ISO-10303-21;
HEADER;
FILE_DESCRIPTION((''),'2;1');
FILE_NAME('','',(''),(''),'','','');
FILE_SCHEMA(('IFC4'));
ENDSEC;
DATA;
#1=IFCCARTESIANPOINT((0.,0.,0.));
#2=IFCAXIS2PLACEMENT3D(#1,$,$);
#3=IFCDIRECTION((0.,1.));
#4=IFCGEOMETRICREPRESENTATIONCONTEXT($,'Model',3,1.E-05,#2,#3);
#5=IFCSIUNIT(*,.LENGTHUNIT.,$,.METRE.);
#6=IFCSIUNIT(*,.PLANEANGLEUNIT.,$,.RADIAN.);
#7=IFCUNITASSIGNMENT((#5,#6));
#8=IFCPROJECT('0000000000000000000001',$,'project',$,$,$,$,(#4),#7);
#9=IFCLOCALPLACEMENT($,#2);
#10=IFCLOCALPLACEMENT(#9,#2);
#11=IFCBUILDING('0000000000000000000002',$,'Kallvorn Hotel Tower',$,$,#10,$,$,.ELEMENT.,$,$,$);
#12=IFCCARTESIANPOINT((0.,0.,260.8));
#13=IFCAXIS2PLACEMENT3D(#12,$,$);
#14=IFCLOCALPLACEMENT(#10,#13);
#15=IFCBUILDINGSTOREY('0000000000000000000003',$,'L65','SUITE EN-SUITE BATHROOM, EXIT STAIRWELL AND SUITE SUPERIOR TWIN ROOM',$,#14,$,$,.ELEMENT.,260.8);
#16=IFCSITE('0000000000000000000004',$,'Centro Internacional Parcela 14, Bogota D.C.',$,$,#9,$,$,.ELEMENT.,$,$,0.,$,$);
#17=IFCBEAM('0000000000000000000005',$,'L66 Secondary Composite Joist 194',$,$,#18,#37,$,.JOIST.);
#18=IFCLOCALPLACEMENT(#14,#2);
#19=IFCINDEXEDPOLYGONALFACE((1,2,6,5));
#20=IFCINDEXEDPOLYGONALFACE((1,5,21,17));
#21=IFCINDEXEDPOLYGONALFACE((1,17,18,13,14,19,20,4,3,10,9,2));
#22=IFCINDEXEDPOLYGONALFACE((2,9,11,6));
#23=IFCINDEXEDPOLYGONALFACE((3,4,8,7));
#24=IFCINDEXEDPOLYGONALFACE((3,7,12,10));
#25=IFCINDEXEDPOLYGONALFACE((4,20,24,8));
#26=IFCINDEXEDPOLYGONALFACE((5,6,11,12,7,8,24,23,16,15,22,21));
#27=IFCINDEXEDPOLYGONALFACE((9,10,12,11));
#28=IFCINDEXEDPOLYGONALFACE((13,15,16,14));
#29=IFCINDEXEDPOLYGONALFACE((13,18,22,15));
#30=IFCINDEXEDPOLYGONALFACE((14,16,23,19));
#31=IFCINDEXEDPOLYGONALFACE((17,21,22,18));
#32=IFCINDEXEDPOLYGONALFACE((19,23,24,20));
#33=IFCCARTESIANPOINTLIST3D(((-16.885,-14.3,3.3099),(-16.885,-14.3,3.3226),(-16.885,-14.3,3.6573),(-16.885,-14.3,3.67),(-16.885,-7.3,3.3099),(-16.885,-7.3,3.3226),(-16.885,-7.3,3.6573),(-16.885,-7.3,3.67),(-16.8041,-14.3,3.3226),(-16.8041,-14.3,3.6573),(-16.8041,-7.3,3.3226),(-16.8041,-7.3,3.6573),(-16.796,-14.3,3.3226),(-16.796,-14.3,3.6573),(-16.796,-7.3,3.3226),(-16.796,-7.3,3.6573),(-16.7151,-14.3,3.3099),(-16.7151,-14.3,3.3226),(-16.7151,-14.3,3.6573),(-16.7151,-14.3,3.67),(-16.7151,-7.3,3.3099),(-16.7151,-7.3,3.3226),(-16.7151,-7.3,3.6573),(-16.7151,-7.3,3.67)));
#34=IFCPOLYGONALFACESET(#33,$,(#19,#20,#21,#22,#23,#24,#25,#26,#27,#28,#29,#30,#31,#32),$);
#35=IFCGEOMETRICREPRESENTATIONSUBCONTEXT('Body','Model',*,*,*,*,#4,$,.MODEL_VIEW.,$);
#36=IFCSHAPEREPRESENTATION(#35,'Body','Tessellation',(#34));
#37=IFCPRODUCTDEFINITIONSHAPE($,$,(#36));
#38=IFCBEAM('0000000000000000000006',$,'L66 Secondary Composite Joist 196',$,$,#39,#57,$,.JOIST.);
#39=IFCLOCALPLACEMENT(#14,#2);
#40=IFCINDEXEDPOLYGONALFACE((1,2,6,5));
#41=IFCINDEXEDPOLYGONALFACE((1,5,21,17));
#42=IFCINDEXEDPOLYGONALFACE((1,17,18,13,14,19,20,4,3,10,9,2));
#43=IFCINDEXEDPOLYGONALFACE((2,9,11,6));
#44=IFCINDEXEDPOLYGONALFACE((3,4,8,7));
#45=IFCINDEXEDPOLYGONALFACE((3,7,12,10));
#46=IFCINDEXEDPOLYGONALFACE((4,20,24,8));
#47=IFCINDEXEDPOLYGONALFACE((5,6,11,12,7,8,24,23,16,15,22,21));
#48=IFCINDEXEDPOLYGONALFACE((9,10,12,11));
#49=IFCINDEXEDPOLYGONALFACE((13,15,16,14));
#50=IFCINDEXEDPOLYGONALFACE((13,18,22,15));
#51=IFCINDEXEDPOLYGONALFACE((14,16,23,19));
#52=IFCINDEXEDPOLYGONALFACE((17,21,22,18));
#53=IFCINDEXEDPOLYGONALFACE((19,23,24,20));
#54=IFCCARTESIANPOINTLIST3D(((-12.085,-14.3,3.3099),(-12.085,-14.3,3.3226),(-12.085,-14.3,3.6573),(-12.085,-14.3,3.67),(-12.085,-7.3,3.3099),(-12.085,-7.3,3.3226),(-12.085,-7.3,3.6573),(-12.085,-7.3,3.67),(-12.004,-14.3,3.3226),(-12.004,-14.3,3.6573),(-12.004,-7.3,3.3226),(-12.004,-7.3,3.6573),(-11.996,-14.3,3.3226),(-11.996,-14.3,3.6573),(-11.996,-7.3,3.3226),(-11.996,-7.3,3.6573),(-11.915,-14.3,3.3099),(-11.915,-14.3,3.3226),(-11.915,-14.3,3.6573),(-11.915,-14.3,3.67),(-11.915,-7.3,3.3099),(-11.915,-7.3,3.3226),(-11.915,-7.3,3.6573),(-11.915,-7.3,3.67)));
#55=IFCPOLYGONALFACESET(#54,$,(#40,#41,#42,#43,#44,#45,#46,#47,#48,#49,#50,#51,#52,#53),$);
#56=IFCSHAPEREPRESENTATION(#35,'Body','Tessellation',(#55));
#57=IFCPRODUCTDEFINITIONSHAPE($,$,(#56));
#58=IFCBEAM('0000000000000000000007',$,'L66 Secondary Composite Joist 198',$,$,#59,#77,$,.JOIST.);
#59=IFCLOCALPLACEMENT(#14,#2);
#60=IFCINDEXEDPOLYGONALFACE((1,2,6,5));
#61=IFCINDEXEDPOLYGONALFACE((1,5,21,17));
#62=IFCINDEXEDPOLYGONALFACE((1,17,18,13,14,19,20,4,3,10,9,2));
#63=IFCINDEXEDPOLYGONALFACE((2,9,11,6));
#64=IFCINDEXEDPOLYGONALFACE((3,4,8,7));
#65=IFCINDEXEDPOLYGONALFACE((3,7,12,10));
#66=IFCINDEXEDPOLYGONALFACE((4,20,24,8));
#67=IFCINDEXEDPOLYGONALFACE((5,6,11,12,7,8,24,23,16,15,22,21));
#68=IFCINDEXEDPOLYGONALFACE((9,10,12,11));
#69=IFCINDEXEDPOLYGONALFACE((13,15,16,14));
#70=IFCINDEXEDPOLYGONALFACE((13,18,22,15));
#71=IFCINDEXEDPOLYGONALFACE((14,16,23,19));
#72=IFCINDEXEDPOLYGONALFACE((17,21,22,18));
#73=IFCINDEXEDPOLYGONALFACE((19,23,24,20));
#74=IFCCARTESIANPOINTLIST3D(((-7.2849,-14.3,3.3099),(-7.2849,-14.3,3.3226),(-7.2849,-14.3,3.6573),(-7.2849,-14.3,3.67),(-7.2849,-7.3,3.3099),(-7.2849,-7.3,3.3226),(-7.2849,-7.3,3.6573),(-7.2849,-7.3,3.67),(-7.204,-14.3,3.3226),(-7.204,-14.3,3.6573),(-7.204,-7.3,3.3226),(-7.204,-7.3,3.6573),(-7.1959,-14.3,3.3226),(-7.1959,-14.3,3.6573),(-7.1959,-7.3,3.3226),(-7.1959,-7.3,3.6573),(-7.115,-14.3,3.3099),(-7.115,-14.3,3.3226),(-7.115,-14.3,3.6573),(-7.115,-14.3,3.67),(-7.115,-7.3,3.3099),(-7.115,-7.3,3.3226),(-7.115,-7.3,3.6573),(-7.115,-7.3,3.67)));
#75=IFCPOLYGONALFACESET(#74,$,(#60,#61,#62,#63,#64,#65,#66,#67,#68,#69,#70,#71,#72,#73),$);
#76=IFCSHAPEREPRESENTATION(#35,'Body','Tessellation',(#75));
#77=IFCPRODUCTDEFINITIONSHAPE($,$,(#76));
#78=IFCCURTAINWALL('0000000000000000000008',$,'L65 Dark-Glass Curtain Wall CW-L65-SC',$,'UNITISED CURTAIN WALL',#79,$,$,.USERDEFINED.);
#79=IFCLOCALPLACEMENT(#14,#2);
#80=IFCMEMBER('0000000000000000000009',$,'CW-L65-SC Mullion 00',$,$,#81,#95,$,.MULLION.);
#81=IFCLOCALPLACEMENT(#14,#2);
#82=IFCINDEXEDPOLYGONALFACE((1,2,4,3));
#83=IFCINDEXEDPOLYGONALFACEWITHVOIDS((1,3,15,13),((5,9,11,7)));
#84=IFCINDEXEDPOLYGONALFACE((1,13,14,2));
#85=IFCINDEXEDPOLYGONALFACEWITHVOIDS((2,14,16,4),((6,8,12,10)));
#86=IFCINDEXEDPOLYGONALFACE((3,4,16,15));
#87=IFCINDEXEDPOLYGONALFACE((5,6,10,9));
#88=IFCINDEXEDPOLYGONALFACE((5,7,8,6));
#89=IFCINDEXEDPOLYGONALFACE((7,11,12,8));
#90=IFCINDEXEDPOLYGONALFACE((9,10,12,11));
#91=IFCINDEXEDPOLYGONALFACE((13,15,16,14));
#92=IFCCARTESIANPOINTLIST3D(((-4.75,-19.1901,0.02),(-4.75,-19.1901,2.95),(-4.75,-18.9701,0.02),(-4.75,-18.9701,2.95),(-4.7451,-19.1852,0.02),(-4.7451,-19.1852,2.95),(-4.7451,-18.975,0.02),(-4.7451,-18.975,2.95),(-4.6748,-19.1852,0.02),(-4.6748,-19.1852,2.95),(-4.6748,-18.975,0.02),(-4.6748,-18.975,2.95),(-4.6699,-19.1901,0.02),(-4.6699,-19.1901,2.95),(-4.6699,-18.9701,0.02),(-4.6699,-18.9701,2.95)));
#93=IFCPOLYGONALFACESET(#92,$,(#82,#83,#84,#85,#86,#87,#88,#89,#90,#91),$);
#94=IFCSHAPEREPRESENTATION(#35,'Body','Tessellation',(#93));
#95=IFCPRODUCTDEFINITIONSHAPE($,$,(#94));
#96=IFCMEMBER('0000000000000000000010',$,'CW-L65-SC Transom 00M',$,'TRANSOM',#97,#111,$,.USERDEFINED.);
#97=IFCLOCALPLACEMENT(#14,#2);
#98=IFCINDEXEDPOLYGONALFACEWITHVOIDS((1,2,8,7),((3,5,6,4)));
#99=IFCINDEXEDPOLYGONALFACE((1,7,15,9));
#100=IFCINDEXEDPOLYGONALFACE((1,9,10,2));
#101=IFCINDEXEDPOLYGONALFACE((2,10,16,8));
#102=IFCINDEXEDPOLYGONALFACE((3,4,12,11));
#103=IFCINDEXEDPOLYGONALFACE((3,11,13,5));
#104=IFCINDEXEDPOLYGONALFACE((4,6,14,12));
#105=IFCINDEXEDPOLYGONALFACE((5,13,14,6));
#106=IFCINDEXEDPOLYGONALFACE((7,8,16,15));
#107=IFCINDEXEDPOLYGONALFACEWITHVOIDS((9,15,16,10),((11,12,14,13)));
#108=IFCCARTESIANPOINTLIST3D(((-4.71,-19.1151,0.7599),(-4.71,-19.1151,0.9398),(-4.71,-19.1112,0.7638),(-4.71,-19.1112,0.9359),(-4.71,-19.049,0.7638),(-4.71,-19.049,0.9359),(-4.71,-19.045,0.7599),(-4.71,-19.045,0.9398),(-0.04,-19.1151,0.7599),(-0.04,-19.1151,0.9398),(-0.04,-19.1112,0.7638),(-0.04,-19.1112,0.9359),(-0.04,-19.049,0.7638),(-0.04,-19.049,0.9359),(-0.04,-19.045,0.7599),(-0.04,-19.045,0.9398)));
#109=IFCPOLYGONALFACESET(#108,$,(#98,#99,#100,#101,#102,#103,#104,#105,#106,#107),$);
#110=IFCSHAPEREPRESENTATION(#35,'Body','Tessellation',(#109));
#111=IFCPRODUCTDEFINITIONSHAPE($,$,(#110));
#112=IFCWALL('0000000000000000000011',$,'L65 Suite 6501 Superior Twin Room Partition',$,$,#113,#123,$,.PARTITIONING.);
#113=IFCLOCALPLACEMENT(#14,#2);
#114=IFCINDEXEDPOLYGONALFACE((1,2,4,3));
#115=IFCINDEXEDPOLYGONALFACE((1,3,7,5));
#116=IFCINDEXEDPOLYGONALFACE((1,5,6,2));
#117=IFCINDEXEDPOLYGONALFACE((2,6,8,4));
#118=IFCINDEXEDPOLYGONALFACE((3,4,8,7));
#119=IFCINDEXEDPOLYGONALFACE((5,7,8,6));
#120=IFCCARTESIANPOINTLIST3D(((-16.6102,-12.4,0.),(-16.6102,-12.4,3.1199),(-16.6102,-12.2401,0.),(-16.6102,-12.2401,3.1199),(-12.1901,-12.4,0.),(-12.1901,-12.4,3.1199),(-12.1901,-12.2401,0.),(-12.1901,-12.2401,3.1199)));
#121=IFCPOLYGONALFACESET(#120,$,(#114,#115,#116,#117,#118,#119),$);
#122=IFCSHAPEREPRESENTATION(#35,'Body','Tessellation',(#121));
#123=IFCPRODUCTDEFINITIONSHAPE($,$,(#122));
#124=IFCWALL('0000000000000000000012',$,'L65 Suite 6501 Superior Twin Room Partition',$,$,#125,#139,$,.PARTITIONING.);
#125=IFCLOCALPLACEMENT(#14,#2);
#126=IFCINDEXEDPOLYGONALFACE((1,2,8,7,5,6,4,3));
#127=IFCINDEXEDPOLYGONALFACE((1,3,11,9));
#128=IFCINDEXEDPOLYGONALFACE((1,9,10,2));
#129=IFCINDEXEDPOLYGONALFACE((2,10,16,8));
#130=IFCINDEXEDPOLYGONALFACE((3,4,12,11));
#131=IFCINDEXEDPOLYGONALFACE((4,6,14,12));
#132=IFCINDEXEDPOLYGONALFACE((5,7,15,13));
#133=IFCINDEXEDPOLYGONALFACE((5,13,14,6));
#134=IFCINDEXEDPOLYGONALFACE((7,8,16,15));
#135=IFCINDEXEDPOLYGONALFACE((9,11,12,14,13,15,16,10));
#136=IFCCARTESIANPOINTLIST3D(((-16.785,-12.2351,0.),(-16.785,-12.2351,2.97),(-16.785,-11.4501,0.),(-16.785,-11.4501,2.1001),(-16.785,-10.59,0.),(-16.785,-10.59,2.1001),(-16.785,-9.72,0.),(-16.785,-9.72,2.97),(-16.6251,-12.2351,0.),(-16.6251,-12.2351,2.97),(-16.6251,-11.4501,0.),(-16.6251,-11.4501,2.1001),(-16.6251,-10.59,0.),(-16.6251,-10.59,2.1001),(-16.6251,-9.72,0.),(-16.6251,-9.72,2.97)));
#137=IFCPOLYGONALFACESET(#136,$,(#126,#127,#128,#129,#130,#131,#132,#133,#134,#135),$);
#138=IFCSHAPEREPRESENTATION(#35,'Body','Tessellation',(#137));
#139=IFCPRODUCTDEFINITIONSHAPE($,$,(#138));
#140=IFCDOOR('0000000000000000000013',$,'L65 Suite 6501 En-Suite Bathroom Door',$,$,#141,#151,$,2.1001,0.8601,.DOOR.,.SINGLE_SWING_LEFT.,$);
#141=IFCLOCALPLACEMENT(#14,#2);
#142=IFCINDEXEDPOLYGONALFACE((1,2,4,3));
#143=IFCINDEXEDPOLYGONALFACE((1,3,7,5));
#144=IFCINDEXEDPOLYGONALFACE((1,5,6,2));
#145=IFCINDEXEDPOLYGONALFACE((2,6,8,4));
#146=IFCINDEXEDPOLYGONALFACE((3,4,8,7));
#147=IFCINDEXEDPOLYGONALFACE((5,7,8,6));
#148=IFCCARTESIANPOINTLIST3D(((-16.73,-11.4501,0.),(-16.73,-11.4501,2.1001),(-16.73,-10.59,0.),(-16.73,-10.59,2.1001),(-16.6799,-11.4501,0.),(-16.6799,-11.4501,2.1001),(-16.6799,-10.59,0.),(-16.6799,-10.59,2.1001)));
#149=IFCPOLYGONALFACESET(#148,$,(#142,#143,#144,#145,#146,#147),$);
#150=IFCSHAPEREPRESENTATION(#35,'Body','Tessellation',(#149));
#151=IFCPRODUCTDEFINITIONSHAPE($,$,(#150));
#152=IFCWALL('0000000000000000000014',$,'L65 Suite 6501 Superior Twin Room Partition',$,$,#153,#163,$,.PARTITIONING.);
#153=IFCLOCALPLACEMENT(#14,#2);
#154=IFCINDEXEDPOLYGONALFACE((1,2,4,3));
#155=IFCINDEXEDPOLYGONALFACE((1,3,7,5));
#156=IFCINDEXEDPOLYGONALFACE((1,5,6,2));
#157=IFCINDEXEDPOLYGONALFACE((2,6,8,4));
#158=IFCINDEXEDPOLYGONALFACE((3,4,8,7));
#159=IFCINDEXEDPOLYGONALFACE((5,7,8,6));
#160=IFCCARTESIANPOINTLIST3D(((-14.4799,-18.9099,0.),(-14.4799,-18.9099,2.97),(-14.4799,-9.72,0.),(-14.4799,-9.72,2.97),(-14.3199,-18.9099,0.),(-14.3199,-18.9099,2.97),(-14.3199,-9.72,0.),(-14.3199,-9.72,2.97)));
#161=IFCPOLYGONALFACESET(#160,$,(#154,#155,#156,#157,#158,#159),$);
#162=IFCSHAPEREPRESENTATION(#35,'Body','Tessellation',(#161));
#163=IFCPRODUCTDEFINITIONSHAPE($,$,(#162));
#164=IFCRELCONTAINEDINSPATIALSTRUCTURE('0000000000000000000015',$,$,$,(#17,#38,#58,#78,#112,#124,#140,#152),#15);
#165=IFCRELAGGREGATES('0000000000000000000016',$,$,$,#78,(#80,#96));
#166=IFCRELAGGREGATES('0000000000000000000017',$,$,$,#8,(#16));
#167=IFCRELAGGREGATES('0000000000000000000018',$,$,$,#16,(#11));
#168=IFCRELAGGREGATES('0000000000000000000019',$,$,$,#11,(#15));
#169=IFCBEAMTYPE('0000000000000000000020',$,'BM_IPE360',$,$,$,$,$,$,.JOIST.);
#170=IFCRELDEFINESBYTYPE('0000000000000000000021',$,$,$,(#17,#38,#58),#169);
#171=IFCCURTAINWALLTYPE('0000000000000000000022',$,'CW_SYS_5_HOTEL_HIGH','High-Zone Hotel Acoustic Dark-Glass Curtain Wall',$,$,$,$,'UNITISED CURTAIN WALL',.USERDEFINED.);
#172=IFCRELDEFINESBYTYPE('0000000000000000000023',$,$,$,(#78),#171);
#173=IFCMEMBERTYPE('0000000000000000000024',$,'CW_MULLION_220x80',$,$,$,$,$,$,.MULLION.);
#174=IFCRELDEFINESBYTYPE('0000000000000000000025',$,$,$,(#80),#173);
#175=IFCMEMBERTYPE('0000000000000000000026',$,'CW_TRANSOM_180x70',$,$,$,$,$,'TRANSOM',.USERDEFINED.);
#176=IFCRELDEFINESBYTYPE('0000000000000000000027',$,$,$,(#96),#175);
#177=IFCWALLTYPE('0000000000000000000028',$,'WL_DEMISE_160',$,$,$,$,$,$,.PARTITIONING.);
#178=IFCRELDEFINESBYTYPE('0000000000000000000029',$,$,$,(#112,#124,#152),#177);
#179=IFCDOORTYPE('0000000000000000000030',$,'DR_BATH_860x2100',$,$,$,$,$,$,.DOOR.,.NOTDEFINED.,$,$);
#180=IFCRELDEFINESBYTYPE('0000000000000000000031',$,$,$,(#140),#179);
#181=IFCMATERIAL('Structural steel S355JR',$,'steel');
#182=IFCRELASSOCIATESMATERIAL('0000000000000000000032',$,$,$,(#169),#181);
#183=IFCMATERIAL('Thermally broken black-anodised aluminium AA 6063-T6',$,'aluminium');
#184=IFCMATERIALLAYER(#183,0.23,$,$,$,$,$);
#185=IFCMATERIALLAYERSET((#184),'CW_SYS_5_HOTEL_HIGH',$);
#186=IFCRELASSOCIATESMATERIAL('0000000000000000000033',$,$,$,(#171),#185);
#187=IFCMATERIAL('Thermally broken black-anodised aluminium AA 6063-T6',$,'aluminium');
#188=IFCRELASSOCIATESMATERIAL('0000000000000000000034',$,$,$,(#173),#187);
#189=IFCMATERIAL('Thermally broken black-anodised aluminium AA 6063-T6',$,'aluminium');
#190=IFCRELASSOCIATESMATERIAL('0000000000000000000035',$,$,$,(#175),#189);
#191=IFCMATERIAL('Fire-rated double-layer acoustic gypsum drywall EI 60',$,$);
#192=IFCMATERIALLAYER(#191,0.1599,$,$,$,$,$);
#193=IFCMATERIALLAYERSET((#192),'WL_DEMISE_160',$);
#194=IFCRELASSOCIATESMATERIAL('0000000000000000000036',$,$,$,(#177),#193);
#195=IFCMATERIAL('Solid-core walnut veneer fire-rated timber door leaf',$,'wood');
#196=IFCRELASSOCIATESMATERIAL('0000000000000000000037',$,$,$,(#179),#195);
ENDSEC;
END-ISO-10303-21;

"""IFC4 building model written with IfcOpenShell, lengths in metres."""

from ifc_helpers import new_model, si_unit, direction, frame, frame_2d, origin, origin_2d, place, context, subcontext, project, spatial, rectangle, hollow_rectangle, i_section, extrude, material, layer, layer_set, material_profile, profile_set, type_object, element, fill, aggregate, save


model = new_model("IFC4")

# Units and contexts
model_context = context("Model", 3, precision=1e-05, world=origin(), true_north=direction((0.0, 1.0)))
body_context = subcontext(model_context, "Body", "Model", "MODEL_VIEW")
ifc_project = project(units=[si_unit("LENGTHUNIT", "METRE"), si_unit("PLANEANGLEUNIT", "RADIAN")], contexts=[model_context])

# Site, building, storey
site_placement = place(None, origin())
site = spatial("IfcSite", under=ifc_project, at=site_placement, Name="Centro Internacional Parcela 14, Bogota D.C.", CompositionType="ELEMENT", RefElevation=0.0)
building_placement = place(site_placement, origin())
building = spatial("IfcBuilding", under=site, at=building_placement, Name="Kallvorn Hotel Tower", CompositionType="ELEMENT")
storey_placement = place(building_placement, frame((0.0, 0.0, 260.8)))
storey = spatial("IfcBuildingStorey", under=building, at=storey_placement, Name="L65", Description="SUITE EN-SUITE BATHROOM, EXIT STAIRWELL AND SUITE SUPERIOR TWIN ROOM", CompositionType="ELEMENT", Elevation=260.8)

# Beams
ifc_material_1 = material(Name="Structural steel S355JR", Category="steel")
ifc_material_profile_1 = material_profile(ifc_material_1, i_section(OverallWidth=0.1699, OverallDepth=0.3601, WebThickness=0.0081, FlangeThickness=0.0127, at=origin_2d()), Name="IPE 360")
ifc_profile_set_1 = profile_set([ifc_material_profile_1], Name="Structural steel S355JR")
beam_type_1 = type_object("IfcBeamType", Name="BM_IPE360", PredefinedType="JOIST", material=ifc_profile_set_1)
for number, where, z_axis, x_axis, name in (
    (1, (-16.8, -14.3, 3.49), (0.0, 1.0, 0.0), (-1.0, 0.0, 0.0), "L66 Secondary Composite Joist 194"),
    (2, (-12.0, -14.3, 3.49), (0.0, 1.0, 0.0), (-1.0, 0.0, 0.0), "L66 Secondary Composite Joist 196"),
    (3, (-7.2, -14.3, 3.49), (0.0, 1.0, 0.0), (-1.0, 0.0, 0.0), "L66 Secondary Composite Joist 198"),
):
    element("IfcBeam", number, at=place(storey_placement, frame(where, z_axis=z_axis, x_axis=x_axis)), inside=storey, type_object=beam_type_1, Name=name, PredefinedType="JOIST", context=body_context, shape_type="SweptSolid", body=[
        extrude(i_section(OverallWidth=0.1699, OverallDepth=0.3601, WebThickness=0.0081, FlangeThickness=0.0127, at=origin_2d()), origin(), (0.0, 0.0, 1.0), 7.0),
    ])

# Curtain wall, members
ifc_material_2 = material(Name="Thermally broken black-anodised aluminium AA 6063-T6", Category="aluminium")
ifc_layer_1 = layer(ifc_material_2, 0.23)
ifc_layer_set_1 = layer_set([ifc_layer_1], Name="CW_SYS_5_HOTEL_HIGH")
curtain_wall_type = type_object("IfcCurtainWallType", Name="CW_SYS_5_HOTEL_HIGH", Description="High-Zone Hotel Acoustic Dark-Glass Curtain Wall", ElementType="UNITISED CURTAIN WALL", PredefinedType="USERDEFINED", material=ifc_layer_set_1)
curtain_wall_placement = place(storey_placement, origin())
curtain_wall = element("IfcCurtainWall", 4, at=curtain_wall_placement, inside=storey, type_object=curtain_wall_type, Name="L65 Dark-Glass Curtain Wall CW-L65-SC", ObjectType="UNITISED CURTAIN WALL", PredefinedType="USERDEFINED")
ifc_material_3 = material(Name="Thermally broken black-anodised aluminium AA 6063-T6", Category="aluminium")
ifc_material_profile_2 = material_profile(ifc_material_3, hollow_rectangle(XDim=0.0801, YDim=0.22, WallThickness=0.0049, at=origin_2d()), Name="MUL 220x80")
ifc_profile_set_2 = profile_set([ifc_material_profile_2], Name="Thermally broken black-anodised aluminium AA 6063-T6")
member_type_1 = type_object("IfcMemberType", Name="CW_MULLION_220x80", PredefinedType="MULLION", material=ifc_profile_set_2)
member_1_placement = place(storey_placement, frame((-4.71, -19.0801, 0.02), z_axis=(0.0, 0.0, 1.0), x_axis=(1.0, 0.0, 0.0)))
member_1 = element("IfcMember", 5, at=member_1_placement, type_object=member_type_1, Name="CW-L65-SC Mullion 00", PredefinedType="MULLION", context=body_context, shape_type="SweptSolid", body=[
    extrude(hollow_rectangle(XDim=0.0801, YDim=0.22, WallThickness=0.0049, at=origin_2d()), origin(), (0.0, 0.0, 1.0), 2.9299),
])
ifc_material_4 = material(Name="Thermally broken black-anodised aluminium AA 6063-T6", Category="aluminium")
ifc_material_profile_3 = material_profile(ifc_material_4, hollow_rectangle(XDim=0.0701, YDim=0.1799, WallThickness=0.0039, at=origin_2d()), Name="TRN 180x70")
ifc_profile_set_3 = profile_set([ifc_material_profile_3], Name="Thermally broken black-anodised aluminium AA 6063-T6")
member_type_2 = type_object("IfcMemberType", Name="CW_TRANSOM_180x70", ElementType="TRANSOM", PredefinedType="USERDEFINED", material=ifc_profile_set_3)
member_2_placement = place(storey_placement, frame((-4.71, -19.0801, 0.8499), z_axis=(1.0, 0.0, 0.0), x_axis=(0.0, 1.0, 0.0)))
member_2 = element("IfcMember", 6, at=member_2_placement, type_object=member_type_2, Name="CW-L65-SC Transom 00M", ObjectType="TRANSOM", PredefinedType="USERDEFINED", context=body_context, shape_type="SweptSolid", body=[
    extrude(hollow_rectangle(XDim=0.0701, YDim=0.1799, WallThickness=0.0039, at=origin_2d()), origin(), (0.0, 0.0, 1.0), 4.6699),
])
aggregate(curtain_wall, [member_1, member_2])

# Wall
ifc_material_5 = material(Name="Fire-rated double-layer acoustic gypsum drywall EI 60")
ifc_layer_2 = layer(ifc_material_5, 0.1599)
ifc_layer_set_2 = layer_set([ifc_layer_2], Name="WL_DEMISE_160")
wall_type = type_object("IfcWallType", Name="WL_DEMISE_160", PredefinedType="PARTITIONING", material=ifc_layer_set_2)
wall_1_placement = place(storey_placement, frame((-16.6101, -12.3201, 0.0), z_axis=(0.0, 0.0, 1.0), x_axis=(1.0, 0.0, 0.0)))
element("IfcWall", 7, at=wall_1_placement, inside=storey, type_object=wall_type, Name="L65 Suite 6501 Superior Twin Room Partition", PredefinedType="PARTITIONING", context=body_context, shape_type="SweptSolid", body=[
    extrude(rectangle(XDim=4.4202, YDim=0.1599, at=frame_2d((2.21, 0.0))), origin(), (0.0, 0.0, 1.0), 3.1199),
])

# Wall, opening, door
wall_2_placement = place(storey_placement, frame((-16.7051, -12.2351, 0.0), z_axis=(0.0, 0.0, 1.0), x_axis=(0.0, 1.0, 0.0)))
wall_2 = element("IfcWall", 8, at=wall_2_placement, inside=storey, type_object=wall_type, Name="L65 Suite 6501 Superior Twin Room Partition", PredefinedType="PARTITIONING", context=body_context, shape_type="SweptSolid", body=[
    extrude(rectangle(XDim=2.5151, YDim=0.1599, at=frame_2d((1.2576, 0.0))), origin(), (0.0, 0.0, 1.0), 2.97),
])
opening_1_placement = place(wall_2_placement, frame((0.7849, 0.0, 0.0)))
opening_1 = element("IfcOpeningElement", 9, at=opening_1_placement, cuts=wall_2, PredefinedType="OPENING", context=body_context, shape_type="SweptSolid", body=[
    extrude(rectangle(XDim=0.8601, YDim=2.1001, at=frame_2d((0.4302, 1.05))), frame((0.0, 0.095, 0.0), z_axis=(0.0, -1.0, 0.0), x_axis=(1.0, 0.0, 0.0)), (0.0, 0.0, 1.0), 0.1899),
])
ifc_material_6 = material(Name="Solid-core walnut veneer fire-rated timber door leaf", Category="wood")
door_type = type_object("IfcDoorType", Name="DR_BATH_860x2100", OperationType="NOTDEFINED", PredefinedType="DOOR", material=ifc_material_6)
door_1_placement = place(opening_1_placement, origin())
door_1 = element("IfcDoor", 10, at=door_1_placement, inside=storey, type_object=door_type, Name="L65 Suite 6501 En-Suite Bathroom Door", OperationType="SINGLE_SWING_LEFT", OverallHeight=2.1001, OverallWidth=0.8601, PredefinedType="DOOR", context=body_context, shape_type="SweptSolid", body=[
    extrude(rectangle(XDim=0.8601, YDim=2.1001, at=frame_2d((0.4302, 1.05))), frame((0.0, 0.0249, 0.0), z_axis=(0.0, -1.0, 0.0), x_axis=(1.0, 0.0, 0.0)), (0.0, 0.0, 1.0), 0.05),
])
fill(opening_1, door_1)

# Wall
wall_3_placement = place(storey_placement, frame((-14.3999, -18.9099, 0.0), z_axis=(0.0, 0.0, 1.0), x_axis=(0.0, 1.0, 0.0)))
element("IfcWall", 11, at=wall_3_placement, inside=storey, type_object=wall_type, Name="L65 Suite 6501 Superior Twin Room Partition", PredefinedType="PARTITIONING", context=body_context, shape_type="SweptSolid", body=[
    extrude(rectangle(XDim=9.1899, YDim=0.1599, at=frame_2d((4.595, 0.0))), origin(), (0.0, 0.0, 1.0), 2.97),
])

save(model, "model.ifc")
